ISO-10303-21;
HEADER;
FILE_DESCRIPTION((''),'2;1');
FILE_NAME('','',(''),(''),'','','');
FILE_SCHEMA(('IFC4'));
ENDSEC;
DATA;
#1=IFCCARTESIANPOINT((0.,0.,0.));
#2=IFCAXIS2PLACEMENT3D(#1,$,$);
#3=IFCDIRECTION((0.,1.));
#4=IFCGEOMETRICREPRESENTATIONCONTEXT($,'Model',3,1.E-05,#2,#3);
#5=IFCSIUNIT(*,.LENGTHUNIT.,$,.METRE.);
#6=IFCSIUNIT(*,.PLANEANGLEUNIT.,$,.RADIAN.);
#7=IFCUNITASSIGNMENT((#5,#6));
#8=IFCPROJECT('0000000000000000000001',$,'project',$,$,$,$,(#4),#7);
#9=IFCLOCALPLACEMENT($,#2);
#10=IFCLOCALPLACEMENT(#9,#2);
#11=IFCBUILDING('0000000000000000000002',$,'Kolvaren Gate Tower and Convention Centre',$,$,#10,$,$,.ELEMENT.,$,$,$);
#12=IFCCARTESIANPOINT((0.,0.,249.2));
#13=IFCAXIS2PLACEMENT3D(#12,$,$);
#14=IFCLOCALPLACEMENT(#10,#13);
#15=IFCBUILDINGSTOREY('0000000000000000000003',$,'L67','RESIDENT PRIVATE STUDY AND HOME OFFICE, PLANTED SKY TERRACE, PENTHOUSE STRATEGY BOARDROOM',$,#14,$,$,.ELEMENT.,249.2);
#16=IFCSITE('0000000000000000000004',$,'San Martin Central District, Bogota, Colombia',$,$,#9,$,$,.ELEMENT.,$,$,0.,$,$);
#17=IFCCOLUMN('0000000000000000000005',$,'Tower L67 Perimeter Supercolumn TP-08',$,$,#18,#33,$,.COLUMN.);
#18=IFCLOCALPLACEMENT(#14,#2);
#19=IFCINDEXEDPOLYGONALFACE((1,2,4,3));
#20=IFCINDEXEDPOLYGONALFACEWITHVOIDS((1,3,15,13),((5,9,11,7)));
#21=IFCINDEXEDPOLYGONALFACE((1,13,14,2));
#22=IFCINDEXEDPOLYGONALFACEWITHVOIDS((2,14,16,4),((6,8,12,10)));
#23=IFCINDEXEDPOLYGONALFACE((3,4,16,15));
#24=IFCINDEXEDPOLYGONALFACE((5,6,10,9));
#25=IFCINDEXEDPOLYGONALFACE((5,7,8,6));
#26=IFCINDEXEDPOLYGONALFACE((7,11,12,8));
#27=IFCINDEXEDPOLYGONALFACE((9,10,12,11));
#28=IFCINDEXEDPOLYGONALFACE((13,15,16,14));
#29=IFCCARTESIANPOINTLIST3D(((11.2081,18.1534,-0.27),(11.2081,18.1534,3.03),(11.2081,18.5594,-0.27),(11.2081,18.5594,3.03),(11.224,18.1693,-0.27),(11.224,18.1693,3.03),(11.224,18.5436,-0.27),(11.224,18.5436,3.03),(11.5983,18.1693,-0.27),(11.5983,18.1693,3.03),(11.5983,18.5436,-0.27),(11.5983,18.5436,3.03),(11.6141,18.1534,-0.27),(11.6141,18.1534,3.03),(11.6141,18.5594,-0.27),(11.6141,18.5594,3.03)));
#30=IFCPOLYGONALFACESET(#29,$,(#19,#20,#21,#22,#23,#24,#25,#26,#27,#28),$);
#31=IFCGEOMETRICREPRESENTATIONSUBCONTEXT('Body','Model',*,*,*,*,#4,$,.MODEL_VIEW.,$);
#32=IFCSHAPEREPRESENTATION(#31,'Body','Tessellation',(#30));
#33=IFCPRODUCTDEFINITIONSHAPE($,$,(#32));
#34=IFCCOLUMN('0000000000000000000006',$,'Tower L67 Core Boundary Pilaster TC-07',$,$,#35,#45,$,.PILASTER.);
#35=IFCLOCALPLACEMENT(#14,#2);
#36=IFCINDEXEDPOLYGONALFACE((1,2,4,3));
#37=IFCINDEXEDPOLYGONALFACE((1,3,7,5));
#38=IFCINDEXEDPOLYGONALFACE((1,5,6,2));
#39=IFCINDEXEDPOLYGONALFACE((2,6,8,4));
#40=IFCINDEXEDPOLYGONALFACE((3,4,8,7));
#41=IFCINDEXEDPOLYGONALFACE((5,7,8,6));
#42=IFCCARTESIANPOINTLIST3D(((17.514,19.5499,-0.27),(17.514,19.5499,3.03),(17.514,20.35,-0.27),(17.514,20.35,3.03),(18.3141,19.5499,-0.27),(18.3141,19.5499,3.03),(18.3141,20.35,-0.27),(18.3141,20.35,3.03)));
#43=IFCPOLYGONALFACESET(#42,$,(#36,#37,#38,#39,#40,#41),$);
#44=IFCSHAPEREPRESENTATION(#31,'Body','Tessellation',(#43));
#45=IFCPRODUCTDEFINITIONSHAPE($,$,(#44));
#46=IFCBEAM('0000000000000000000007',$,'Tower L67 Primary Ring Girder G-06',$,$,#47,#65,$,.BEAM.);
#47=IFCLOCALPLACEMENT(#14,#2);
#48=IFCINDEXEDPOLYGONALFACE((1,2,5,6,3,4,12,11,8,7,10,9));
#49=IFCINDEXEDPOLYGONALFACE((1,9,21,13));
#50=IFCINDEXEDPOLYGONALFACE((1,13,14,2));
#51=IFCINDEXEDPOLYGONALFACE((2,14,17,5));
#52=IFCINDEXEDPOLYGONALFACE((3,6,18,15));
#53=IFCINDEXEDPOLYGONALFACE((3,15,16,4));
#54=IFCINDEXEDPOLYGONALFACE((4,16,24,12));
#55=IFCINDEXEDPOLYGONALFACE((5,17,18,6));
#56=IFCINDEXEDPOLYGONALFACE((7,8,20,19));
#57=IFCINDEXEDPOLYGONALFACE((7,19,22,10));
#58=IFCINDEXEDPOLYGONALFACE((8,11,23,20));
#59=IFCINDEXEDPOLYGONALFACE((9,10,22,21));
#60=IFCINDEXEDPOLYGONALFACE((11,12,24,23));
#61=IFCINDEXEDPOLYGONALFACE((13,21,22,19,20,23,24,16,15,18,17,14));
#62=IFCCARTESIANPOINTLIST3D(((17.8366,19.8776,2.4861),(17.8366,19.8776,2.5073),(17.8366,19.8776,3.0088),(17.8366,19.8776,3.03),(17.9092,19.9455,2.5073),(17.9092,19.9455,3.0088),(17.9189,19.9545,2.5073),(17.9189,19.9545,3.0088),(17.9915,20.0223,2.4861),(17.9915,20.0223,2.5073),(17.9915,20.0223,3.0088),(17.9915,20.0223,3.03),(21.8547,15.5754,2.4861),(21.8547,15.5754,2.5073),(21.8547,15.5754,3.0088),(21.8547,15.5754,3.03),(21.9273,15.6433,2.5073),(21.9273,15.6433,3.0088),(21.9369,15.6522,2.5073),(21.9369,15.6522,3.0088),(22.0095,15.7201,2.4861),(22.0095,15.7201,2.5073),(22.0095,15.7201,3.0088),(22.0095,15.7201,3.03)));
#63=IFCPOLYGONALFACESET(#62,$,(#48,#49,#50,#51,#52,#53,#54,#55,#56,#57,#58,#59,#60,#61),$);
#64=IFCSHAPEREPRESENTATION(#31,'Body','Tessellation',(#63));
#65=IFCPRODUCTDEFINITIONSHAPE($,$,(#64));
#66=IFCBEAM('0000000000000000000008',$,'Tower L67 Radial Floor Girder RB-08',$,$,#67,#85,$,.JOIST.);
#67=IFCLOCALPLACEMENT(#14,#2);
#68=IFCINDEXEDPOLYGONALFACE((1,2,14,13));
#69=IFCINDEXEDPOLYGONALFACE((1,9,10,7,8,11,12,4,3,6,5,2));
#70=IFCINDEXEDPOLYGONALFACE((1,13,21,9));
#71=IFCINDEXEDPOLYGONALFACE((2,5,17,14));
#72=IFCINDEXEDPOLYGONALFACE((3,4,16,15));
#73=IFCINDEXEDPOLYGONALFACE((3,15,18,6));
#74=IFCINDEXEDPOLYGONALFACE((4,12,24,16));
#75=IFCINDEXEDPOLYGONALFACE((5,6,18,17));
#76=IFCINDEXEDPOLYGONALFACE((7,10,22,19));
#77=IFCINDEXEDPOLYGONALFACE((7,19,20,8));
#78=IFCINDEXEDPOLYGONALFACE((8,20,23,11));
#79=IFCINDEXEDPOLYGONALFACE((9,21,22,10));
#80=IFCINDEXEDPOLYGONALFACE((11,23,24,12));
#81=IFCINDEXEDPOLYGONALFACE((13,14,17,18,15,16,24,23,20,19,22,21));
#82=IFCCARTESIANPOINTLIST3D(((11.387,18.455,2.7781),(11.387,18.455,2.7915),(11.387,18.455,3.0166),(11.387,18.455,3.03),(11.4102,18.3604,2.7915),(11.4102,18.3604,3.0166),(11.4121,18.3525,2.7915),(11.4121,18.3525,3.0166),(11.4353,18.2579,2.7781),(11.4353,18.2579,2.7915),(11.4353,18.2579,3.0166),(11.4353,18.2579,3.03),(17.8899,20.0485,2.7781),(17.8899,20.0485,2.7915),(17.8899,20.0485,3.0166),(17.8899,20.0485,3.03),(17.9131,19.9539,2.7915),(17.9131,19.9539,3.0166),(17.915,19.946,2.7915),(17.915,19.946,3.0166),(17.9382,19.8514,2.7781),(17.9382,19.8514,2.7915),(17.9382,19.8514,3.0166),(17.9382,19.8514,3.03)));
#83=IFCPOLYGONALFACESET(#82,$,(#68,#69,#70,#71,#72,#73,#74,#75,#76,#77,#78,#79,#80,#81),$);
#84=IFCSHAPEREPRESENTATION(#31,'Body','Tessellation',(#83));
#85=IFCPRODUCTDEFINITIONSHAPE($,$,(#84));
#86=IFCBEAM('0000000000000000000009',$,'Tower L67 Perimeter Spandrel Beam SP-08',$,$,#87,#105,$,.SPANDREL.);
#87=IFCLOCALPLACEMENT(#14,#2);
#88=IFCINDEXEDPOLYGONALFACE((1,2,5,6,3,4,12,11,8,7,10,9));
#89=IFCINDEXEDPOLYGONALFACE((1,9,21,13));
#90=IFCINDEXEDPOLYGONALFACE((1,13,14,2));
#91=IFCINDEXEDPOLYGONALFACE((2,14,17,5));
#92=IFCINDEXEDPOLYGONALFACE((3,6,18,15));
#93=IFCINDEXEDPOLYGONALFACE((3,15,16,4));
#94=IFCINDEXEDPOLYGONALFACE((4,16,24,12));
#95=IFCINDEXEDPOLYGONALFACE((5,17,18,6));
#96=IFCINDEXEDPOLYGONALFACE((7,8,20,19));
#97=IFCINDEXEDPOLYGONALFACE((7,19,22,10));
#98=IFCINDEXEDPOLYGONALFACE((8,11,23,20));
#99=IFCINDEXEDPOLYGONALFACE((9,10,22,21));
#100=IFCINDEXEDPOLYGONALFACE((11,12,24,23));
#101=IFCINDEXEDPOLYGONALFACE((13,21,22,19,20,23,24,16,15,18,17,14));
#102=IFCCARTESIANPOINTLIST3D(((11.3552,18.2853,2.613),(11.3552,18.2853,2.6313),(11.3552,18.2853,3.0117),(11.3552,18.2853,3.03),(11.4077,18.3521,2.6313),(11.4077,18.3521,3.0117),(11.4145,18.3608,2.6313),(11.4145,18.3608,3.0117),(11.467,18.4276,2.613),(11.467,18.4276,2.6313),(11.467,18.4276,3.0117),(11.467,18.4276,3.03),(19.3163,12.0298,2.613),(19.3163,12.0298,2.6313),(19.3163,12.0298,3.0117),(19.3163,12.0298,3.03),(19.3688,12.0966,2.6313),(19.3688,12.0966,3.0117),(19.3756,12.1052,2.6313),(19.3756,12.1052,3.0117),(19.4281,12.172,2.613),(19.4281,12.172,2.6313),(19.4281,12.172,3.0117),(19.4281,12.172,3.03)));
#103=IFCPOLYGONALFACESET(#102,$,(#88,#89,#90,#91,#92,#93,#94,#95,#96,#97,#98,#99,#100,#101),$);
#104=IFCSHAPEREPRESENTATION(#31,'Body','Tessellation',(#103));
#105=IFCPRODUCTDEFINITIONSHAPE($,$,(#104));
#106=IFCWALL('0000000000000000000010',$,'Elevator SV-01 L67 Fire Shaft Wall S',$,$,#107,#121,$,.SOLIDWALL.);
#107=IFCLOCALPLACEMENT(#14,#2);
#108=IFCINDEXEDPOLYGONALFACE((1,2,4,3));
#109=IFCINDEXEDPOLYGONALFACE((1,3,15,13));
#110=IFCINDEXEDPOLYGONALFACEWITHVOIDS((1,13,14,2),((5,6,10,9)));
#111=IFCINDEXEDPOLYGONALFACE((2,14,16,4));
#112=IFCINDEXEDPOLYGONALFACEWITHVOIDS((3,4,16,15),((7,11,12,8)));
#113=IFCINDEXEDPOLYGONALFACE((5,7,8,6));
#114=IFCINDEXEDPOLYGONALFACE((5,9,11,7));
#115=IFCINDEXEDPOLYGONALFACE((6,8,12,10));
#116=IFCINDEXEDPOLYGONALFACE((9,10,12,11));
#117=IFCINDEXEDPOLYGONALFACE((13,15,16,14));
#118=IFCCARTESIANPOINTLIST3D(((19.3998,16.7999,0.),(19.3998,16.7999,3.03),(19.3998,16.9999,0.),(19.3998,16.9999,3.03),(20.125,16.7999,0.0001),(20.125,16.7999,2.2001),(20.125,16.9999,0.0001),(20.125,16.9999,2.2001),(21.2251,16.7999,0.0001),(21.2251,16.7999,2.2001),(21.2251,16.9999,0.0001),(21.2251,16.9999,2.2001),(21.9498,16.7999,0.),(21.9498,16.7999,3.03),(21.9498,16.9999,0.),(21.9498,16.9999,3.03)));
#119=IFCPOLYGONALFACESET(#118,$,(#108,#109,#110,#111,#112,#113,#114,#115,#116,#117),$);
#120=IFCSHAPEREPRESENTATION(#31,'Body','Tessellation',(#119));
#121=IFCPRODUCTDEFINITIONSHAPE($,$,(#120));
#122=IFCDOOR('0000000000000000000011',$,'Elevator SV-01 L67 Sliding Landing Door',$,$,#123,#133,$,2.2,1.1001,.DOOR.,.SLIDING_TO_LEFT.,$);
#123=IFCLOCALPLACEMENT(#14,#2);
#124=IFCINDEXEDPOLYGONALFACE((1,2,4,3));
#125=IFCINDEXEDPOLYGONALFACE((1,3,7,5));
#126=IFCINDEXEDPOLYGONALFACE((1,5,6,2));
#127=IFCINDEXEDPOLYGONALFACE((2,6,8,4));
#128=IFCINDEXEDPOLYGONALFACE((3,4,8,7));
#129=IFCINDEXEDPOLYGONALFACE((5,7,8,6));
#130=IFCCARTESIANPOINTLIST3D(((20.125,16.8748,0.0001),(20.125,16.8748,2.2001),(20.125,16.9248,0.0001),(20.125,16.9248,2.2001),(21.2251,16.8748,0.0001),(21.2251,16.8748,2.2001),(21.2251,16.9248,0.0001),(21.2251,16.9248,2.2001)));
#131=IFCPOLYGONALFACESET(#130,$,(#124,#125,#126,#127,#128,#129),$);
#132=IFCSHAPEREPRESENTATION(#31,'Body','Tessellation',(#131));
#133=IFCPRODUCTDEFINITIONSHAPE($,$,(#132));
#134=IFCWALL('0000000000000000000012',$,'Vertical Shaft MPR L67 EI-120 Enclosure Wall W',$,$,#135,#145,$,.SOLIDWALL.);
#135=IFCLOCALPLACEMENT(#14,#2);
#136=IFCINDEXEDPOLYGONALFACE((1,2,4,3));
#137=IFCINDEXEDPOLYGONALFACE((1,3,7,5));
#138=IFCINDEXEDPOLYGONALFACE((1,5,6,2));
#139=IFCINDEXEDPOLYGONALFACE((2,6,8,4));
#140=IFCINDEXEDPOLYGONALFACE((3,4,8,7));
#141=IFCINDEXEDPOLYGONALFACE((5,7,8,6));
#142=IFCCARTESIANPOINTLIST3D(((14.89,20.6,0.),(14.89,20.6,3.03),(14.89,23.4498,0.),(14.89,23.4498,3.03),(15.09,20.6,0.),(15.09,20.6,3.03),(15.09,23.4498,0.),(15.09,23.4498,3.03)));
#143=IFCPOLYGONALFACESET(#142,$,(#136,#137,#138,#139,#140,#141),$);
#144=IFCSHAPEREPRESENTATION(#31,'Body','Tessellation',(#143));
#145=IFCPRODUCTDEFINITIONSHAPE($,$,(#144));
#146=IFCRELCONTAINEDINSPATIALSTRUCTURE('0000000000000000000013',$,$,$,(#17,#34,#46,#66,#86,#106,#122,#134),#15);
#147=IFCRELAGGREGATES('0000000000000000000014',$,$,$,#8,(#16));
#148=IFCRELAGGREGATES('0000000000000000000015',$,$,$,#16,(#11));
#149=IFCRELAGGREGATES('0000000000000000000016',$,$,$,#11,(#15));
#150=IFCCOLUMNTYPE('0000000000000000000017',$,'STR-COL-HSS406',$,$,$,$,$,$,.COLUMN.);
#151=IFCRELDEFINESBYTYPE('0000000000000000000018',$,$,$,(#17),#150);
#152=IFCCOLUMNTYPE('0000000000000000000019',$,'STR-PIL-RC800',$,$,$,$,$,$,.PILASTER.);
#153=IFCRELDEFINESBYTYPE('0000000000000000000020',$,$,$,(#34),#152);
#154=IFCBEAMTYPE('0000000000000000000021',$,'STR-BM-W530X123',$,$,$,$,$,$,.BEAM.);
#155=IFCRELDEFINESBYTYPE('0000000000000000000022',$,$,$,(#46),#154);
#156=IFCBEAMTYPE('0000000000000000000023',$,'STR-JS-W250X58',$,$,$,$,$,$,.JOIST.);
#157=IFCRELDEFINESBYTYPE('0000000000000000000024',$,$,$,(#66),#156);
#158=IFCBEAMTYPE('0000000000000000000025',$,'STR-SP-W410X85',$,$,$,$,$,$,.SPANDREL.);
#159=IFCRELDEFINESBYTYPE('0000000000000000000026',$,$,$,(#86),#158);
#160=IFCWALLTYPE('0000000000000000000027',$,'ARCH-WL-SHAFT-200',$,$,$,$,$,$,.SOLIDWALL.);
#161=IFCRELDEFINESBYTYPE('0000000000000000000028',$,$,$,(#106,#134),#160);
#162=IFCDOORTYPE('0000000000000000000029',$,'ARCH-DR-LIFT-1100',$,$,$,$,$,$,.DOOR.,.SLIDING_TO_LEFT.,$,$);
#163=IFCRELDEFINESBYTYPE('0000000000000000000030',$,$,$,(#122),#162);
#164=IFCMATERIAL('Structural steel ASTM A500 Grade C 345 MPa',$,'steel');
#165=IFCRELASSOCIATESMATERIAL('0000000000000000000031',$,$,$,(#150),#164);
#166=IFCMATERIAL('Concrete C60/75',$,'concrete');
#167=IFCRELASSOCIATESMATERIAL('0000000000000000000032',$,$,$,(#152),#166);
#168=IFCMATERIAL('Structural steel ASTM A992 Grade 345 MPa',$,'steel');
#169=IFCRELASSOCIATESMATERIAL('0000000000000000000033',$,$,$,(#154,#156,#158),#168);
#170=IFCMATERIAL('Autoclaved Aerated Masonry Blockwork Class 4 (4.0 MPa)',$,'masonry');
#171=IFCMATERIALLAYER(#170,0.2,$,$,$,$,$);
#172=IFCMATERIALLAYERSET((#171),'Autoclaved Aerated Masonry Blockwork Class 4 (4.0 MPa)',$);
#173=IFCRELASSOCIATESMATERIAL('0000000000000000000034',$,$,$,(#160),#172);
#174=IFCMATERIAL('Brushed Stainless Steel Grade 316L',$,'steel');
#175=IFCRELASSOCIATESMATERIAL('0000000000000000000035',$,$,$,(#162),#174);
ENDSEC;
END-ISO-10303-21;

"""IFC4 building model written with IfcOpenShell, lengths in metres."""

from ifc_helpers import new_model, si_unit, direction, frame, frame_2d, origin, origin_2d, place, context, subcontext, project, spatial, rectangle, hollow_rectangle, i_section, extrude, material, layer, layer_set, material_profile, profile_set, type_object, element, fill, save


model = new_model("IFC4")

# Units and contexts
model_context = context("Model", 3, precision=1e-05, world=origin(), true_north=direction((0.0, 1.0)))
body_context = subcontext(model_context, "Body", "Model", "MODEL_VIEW")
ifc_project = project(units=[si_unit("LENGTHUNIT", "METRE"), si_unit("PLANEANGLEUNIT", "RADIAN")], contexts=[model_context])

# Site, building, storey
site_placement = place(None, origin())
site = spatial("IfcSite", under=ifc_project, at=site_placement, Name="San Martin Central District, Bogota, Colombia", CompositionType="ELEMENT", RefElevation=0.0)
building_placement = place(site_placement, origin())
building = spatial("IfcBuilding", under=site, at=building_placement, Name="Kolvaren Gate Tower and Convention Centre", CompositionType="ELEMENT")
storey_placement = place(building_placement, frame((0.0, 0.0, 249.2)))
storey = spatial("IfcBuildingStorey", under=building, at=storey_placement, Name="L67", Description="RESIDENT PRIVATE STUDY AND HOME OFFICE, PLANTED SKY TERRACE, PENTHOUSE STRATEGY BOARDROOM", CompositionType="ELEMENT", Elevation=249.2)

# Columns
ifc_material_1 = material(Name="Structural steel ASTM A500 Grade C 345 MPa", Category="steel")
ifc_material_profile_1 = material_profile(ifc_material_1, hollow_rectangle(XDim=0.406, YDim=0.406, WallThickness=0.0159, at=origin_2d()), Name="HSS406X406X15.9")
ifc_profile_set_1 = profile_set([ifc_material_profile_1], Name="Structural steel ASTM A500 Grade C 345 MPa")
column_type_1 = type_object("IfcColumnType", Name="STR-COL-HSS406", PredefinedType="COLUMN", material=ifc_profile_set_1)
column_1_placement = place(storey_placement, frame((11.4111, 18.3564, -0.27), z_axis=(0.0, 0.0, 1.0), x_axis=(1.0, 0.0, 0.0)))
element("IfcColumn", 1, at=column_1_placement, inside=storey, type_object=column_type_1, Name="Tower L67 Perimeter Supercolumn TP-08", PredefinedType="COLUMN", context=body_context, shape_type="SweptSolid", body=[
    extrude(hollow_rectangle(XDim=0.406, YDim=0.406, WallThickness=0.0159, at=origin_2d()), origin(), (0.0, 0.0, 1.0), 3.3),
])
ifc_material_2 = material(Name="Concrete C60/75", Category="concrete")
ifc_material_profile_2 = material_profile(ifc_material_2, rectangle(XDim=0.8, YDim=0.8, at=origin_2d()), Name="RC-COL-800X800")
ifc_profile_set_2 = profile_set([ifc_material_profile_2], Name="Concrete C60/75")
column_type_2 = type_object("IfcColumnType", Name="STR-PIL-RC800", PredefinedType="PILASTER", material=ifc_profile_set_2)
column_2_placement = place(storey_placement, frame((17.9141, 19.95, -0.27), z_axis=(0.0, 0.0, 1.0), x_axis=(1.0, 0.0, 0.0)))
element("IfcColumn", 2, at=column_2_placement, inside=storey, type_object=column_type_2, Name="Tower L67 Core Boundary Pilaster TC-07", PredefinedType="PILASTER", context=body_context, shape_type="SweptSolid", body=[
    extrude(rectangle(XDim=0.8, YDim=0.8, at=origin_2d()), origin(), (0.0, 0.0, 1.0), 3.3),
])

# Beams
ifc_material_3 = material(Name="Structural steel ASTM A992 Grade 345 MPa", Category="steel")
ifc_material_profile_3 = material_profile(ifc_material_3, i_section(OverallWidth=0.2119, OverallDepth=0.5439, WebThickness=0.0132, FlangeThickness=0.0212, at=origin_2d()), Name="W530X123")
ifc_profile_set_3 = profile_set([ifc_material_profile_3], Name="Structural steel ASTM A992 Grade 345 MPa")
beam_type_1 = type_object("IfcBeamType", Name="STR-BM-W530X123", PredefinedType="BEAM", material=ifc_profile_set_3)
beam_1_placement = place(storey_placement, frame((17.9141, 19.95, 2.7581), z_axis=(0.682558, -0.730832, 0.0), x_axis=(0.730832, 0.682558, 0.0)))
element("IfcBeam", 3, at=beam_1_placement, inside=storey, type_object=beam_type_1, Name="Tower L67 Primary Ring Girder G-06", PredefinedType="BEAM", context=body_context, shape_type="SweptSolid", body=[
    extrude(i_section(OverallWidth=0.2119, OverallDepth=0.5439, WebThickness=0.0132, FlangeThickness=0.0212, at=origin_2d()), origin(), (0.0, 0.0, 1.0), 5.8867),
])
ifc_material_profile_4 = material_profile(ifc_material_3, i_section(OverallWidth=0.2029, OverallDepth=0.252, WebThickness=0.0081, FlangeThickness=0.0134, at=origin_2d()), Name="W250X58")
ifc_profile_set_4 = profile_set([ifc_material_profile_4], Name="Structural steel ASTM A992 Grade 345 MPa")
beam_type_2 = type_object("IfcBeamType", Name="STR-JS-W250X58", PredefinedType="JOIST", material=ifc_profile_set_4)
beam_2_placement = place(storey_placement, frame((17.9141, 19.95, 2.9041), z_axis=(-0.971264, -0.238003, 0.0), x_axis=(0.238003, -0.971264, 0.0)))
element("IfcBeam", 4, at=beam_2_placement, inside=storey, type_object=beam_type_2, Name="Tower L67 Radial Floor Girder RB-08", PredefinedType="JOIST", context=body_context, shape_type="SweptSolid", body=[
    extrude(i_section(OverallWidth=0.2029, OverallDepth=0.252, WebThickness=0.0081, FlangeThickness=0.0134, at=origin_2d()), origin(), (0.0, 0.0, 1.0), 6.6953),
])
ifc_material_profile_5 = material_profile(ifc_material_3, i_section(OverallWidth=0.1809, OverallDepth=0.417, WebThickness=0.011, FlangeThickness=0.0183, at=origin_2d()), Name="W410X85")
ifc_profile_set_5 = profile_set([ifc_material_profile_5], Name="Structural steel ASTM A992 Grade 345 MPa")
beam_type_3 = type_object("IfcBeamType", Name="STR-SP-W410X85", PredefinedType="SPANDREL", material=ifc_profile_set_5)
beam_3_placement = place(storey_placement, frame((11.4111, 18.3564, 2.8215), z_axis=(0.786299, -0.617846, 0.0), x_axis=(0.617846, 0.786299, 0.0)))
element("IfcBeam", 5, at=beam_3_placement, inside=storey, type_object=beam_type_3, Name="Tower L67 Perimeter Spandrel Beam SP-08", PredefinedType="SPANDREL", context=body_context, shape_type="SweptSolid", body=[
    extrude(i_section(OverallWidth=0.1809, OverallDepth=0.417, WebThickness=0.011, FlangeThickness=0.0183, at=origin_2d()), origin(), (0.0, 0.0, 1.0), 10.1248),
])

# Wall, opening, door
ifc_material_4 = material(Name="Autoclaved Aerated Masonry Blockwork Class 4 (4.0 MPa)", Category="masonry")
ifc_layer_1 = layer(ifc_material_4, 0.2)
ifc_layer_set_1 = layer_set([ifc_layer_1], Name="Autoclaved Aerated Masonry Blockwork Class 4 (4.0 MPa)")
wall_type_1 = type_object("IfcWallType", Name="ARCH-WL-SHAFT-200", PredefinedType="SOLIDWALL", material=ifc_layer_set_1)
wall_1_placement = place(storey_placement, frame((19.3999, 16.8999, 0.0), z_axis=(0.0, 0.0, 1.0), x_axis=(1.0, 0.0, 0.0)))
wall_1 = element("IfcWall", 6, at=wall_1_placement, inside=storey, type_object=wall_type_1, Name="Elevator SV-01 L67 Fire Shaft Wall S", PredefinedType="SOLIDWALL", context=body_context, shape_type="SweptSolid", body=[
    extrude(rectangle(XDim=2.55, YDim=0.2, at=frame_2d((1.2749, 0.0))), origin(), (0.0, 0.0, 1.0), 3.03),
])
opening_1_placement = place(wall_1_placement, frame((0.7251, 0.0, 0.0)))
opening_1 = element("IfcOpeningElement", 7, at=opening_1_placement, cuts=wall_1, PredefinedType="OPENING", context=body_context, shape_type="SweptSolid", body=[
    extrude(rectangle(XDim=1.1001, YDim=2.2, at=frame_2d((0.55, 1.1001))), frame((0.0, 0.1099, 0.0), z_axis=(0.0, -1.0, 0.0), x_axis=(1.0, 0.0, 0.0)), (0.0, 0.0, 1.0), 0.22),
])
ifc_material_5 = material(Name="Brushed Stainless Steel Grade 316L", Category="steel")
door_type = type_object("IfcDoorType", Name="ARCH-DR-LIFT-1100", OperationType="SLIDING_TO_LEFT", PredefinedType="DOOR", material=ifc_material_5)
door_placement = place(opening_1_placement, origin())
door = element("IfcDoor", 8, at=door_placement, inside=storey, type_object=door_type, Name="Elevator SV-01 L67 Sliding Landing Door", OperationType="SLIDING_TO_LEFT", OverallHeight=2.2, OverallWidth=1.1001, PredefinedType="DOOR", context=body_context, shape_type="SweptSolid", body=[
    extrude(rectangle(XDim=1.1001, YDim=2.2, at=frame_2d((0.55, 1.1001))), frame((0.0, 0.0249, 0.0), z_axis=(0.0, -1.0, 0.0), x_axis=(1.0, 0.0, 0.0)), (0.0, 0.0, 1.0), 0.05),
])
fill(opening_1, door)

# Wall
wall_2_placement = place(storey_placement, frame((14.99, 20.6001, 0.0), z_axis=(0.0, 0.0, 1.0), x_axis=(0.0, 1.0, 0.0)))
element("IfcWall", 9, at=wall_2_placement, inside=storey, type_object=wall_type_1, Name="Vertical Shaft MPR L67 EI-120 Enclosure Wall W", PredefinedType="SOLIDWALL", context=body_context, shape_type="SweptSolid", body=[
    extrude(rectangle(XDim=2.8499, YDim=0.2, at=frame_2d((1.4248, 0.0))), origin(), (0.0, 0.0, 1.0), 3.03),
])

save(model, "model.ifc")
